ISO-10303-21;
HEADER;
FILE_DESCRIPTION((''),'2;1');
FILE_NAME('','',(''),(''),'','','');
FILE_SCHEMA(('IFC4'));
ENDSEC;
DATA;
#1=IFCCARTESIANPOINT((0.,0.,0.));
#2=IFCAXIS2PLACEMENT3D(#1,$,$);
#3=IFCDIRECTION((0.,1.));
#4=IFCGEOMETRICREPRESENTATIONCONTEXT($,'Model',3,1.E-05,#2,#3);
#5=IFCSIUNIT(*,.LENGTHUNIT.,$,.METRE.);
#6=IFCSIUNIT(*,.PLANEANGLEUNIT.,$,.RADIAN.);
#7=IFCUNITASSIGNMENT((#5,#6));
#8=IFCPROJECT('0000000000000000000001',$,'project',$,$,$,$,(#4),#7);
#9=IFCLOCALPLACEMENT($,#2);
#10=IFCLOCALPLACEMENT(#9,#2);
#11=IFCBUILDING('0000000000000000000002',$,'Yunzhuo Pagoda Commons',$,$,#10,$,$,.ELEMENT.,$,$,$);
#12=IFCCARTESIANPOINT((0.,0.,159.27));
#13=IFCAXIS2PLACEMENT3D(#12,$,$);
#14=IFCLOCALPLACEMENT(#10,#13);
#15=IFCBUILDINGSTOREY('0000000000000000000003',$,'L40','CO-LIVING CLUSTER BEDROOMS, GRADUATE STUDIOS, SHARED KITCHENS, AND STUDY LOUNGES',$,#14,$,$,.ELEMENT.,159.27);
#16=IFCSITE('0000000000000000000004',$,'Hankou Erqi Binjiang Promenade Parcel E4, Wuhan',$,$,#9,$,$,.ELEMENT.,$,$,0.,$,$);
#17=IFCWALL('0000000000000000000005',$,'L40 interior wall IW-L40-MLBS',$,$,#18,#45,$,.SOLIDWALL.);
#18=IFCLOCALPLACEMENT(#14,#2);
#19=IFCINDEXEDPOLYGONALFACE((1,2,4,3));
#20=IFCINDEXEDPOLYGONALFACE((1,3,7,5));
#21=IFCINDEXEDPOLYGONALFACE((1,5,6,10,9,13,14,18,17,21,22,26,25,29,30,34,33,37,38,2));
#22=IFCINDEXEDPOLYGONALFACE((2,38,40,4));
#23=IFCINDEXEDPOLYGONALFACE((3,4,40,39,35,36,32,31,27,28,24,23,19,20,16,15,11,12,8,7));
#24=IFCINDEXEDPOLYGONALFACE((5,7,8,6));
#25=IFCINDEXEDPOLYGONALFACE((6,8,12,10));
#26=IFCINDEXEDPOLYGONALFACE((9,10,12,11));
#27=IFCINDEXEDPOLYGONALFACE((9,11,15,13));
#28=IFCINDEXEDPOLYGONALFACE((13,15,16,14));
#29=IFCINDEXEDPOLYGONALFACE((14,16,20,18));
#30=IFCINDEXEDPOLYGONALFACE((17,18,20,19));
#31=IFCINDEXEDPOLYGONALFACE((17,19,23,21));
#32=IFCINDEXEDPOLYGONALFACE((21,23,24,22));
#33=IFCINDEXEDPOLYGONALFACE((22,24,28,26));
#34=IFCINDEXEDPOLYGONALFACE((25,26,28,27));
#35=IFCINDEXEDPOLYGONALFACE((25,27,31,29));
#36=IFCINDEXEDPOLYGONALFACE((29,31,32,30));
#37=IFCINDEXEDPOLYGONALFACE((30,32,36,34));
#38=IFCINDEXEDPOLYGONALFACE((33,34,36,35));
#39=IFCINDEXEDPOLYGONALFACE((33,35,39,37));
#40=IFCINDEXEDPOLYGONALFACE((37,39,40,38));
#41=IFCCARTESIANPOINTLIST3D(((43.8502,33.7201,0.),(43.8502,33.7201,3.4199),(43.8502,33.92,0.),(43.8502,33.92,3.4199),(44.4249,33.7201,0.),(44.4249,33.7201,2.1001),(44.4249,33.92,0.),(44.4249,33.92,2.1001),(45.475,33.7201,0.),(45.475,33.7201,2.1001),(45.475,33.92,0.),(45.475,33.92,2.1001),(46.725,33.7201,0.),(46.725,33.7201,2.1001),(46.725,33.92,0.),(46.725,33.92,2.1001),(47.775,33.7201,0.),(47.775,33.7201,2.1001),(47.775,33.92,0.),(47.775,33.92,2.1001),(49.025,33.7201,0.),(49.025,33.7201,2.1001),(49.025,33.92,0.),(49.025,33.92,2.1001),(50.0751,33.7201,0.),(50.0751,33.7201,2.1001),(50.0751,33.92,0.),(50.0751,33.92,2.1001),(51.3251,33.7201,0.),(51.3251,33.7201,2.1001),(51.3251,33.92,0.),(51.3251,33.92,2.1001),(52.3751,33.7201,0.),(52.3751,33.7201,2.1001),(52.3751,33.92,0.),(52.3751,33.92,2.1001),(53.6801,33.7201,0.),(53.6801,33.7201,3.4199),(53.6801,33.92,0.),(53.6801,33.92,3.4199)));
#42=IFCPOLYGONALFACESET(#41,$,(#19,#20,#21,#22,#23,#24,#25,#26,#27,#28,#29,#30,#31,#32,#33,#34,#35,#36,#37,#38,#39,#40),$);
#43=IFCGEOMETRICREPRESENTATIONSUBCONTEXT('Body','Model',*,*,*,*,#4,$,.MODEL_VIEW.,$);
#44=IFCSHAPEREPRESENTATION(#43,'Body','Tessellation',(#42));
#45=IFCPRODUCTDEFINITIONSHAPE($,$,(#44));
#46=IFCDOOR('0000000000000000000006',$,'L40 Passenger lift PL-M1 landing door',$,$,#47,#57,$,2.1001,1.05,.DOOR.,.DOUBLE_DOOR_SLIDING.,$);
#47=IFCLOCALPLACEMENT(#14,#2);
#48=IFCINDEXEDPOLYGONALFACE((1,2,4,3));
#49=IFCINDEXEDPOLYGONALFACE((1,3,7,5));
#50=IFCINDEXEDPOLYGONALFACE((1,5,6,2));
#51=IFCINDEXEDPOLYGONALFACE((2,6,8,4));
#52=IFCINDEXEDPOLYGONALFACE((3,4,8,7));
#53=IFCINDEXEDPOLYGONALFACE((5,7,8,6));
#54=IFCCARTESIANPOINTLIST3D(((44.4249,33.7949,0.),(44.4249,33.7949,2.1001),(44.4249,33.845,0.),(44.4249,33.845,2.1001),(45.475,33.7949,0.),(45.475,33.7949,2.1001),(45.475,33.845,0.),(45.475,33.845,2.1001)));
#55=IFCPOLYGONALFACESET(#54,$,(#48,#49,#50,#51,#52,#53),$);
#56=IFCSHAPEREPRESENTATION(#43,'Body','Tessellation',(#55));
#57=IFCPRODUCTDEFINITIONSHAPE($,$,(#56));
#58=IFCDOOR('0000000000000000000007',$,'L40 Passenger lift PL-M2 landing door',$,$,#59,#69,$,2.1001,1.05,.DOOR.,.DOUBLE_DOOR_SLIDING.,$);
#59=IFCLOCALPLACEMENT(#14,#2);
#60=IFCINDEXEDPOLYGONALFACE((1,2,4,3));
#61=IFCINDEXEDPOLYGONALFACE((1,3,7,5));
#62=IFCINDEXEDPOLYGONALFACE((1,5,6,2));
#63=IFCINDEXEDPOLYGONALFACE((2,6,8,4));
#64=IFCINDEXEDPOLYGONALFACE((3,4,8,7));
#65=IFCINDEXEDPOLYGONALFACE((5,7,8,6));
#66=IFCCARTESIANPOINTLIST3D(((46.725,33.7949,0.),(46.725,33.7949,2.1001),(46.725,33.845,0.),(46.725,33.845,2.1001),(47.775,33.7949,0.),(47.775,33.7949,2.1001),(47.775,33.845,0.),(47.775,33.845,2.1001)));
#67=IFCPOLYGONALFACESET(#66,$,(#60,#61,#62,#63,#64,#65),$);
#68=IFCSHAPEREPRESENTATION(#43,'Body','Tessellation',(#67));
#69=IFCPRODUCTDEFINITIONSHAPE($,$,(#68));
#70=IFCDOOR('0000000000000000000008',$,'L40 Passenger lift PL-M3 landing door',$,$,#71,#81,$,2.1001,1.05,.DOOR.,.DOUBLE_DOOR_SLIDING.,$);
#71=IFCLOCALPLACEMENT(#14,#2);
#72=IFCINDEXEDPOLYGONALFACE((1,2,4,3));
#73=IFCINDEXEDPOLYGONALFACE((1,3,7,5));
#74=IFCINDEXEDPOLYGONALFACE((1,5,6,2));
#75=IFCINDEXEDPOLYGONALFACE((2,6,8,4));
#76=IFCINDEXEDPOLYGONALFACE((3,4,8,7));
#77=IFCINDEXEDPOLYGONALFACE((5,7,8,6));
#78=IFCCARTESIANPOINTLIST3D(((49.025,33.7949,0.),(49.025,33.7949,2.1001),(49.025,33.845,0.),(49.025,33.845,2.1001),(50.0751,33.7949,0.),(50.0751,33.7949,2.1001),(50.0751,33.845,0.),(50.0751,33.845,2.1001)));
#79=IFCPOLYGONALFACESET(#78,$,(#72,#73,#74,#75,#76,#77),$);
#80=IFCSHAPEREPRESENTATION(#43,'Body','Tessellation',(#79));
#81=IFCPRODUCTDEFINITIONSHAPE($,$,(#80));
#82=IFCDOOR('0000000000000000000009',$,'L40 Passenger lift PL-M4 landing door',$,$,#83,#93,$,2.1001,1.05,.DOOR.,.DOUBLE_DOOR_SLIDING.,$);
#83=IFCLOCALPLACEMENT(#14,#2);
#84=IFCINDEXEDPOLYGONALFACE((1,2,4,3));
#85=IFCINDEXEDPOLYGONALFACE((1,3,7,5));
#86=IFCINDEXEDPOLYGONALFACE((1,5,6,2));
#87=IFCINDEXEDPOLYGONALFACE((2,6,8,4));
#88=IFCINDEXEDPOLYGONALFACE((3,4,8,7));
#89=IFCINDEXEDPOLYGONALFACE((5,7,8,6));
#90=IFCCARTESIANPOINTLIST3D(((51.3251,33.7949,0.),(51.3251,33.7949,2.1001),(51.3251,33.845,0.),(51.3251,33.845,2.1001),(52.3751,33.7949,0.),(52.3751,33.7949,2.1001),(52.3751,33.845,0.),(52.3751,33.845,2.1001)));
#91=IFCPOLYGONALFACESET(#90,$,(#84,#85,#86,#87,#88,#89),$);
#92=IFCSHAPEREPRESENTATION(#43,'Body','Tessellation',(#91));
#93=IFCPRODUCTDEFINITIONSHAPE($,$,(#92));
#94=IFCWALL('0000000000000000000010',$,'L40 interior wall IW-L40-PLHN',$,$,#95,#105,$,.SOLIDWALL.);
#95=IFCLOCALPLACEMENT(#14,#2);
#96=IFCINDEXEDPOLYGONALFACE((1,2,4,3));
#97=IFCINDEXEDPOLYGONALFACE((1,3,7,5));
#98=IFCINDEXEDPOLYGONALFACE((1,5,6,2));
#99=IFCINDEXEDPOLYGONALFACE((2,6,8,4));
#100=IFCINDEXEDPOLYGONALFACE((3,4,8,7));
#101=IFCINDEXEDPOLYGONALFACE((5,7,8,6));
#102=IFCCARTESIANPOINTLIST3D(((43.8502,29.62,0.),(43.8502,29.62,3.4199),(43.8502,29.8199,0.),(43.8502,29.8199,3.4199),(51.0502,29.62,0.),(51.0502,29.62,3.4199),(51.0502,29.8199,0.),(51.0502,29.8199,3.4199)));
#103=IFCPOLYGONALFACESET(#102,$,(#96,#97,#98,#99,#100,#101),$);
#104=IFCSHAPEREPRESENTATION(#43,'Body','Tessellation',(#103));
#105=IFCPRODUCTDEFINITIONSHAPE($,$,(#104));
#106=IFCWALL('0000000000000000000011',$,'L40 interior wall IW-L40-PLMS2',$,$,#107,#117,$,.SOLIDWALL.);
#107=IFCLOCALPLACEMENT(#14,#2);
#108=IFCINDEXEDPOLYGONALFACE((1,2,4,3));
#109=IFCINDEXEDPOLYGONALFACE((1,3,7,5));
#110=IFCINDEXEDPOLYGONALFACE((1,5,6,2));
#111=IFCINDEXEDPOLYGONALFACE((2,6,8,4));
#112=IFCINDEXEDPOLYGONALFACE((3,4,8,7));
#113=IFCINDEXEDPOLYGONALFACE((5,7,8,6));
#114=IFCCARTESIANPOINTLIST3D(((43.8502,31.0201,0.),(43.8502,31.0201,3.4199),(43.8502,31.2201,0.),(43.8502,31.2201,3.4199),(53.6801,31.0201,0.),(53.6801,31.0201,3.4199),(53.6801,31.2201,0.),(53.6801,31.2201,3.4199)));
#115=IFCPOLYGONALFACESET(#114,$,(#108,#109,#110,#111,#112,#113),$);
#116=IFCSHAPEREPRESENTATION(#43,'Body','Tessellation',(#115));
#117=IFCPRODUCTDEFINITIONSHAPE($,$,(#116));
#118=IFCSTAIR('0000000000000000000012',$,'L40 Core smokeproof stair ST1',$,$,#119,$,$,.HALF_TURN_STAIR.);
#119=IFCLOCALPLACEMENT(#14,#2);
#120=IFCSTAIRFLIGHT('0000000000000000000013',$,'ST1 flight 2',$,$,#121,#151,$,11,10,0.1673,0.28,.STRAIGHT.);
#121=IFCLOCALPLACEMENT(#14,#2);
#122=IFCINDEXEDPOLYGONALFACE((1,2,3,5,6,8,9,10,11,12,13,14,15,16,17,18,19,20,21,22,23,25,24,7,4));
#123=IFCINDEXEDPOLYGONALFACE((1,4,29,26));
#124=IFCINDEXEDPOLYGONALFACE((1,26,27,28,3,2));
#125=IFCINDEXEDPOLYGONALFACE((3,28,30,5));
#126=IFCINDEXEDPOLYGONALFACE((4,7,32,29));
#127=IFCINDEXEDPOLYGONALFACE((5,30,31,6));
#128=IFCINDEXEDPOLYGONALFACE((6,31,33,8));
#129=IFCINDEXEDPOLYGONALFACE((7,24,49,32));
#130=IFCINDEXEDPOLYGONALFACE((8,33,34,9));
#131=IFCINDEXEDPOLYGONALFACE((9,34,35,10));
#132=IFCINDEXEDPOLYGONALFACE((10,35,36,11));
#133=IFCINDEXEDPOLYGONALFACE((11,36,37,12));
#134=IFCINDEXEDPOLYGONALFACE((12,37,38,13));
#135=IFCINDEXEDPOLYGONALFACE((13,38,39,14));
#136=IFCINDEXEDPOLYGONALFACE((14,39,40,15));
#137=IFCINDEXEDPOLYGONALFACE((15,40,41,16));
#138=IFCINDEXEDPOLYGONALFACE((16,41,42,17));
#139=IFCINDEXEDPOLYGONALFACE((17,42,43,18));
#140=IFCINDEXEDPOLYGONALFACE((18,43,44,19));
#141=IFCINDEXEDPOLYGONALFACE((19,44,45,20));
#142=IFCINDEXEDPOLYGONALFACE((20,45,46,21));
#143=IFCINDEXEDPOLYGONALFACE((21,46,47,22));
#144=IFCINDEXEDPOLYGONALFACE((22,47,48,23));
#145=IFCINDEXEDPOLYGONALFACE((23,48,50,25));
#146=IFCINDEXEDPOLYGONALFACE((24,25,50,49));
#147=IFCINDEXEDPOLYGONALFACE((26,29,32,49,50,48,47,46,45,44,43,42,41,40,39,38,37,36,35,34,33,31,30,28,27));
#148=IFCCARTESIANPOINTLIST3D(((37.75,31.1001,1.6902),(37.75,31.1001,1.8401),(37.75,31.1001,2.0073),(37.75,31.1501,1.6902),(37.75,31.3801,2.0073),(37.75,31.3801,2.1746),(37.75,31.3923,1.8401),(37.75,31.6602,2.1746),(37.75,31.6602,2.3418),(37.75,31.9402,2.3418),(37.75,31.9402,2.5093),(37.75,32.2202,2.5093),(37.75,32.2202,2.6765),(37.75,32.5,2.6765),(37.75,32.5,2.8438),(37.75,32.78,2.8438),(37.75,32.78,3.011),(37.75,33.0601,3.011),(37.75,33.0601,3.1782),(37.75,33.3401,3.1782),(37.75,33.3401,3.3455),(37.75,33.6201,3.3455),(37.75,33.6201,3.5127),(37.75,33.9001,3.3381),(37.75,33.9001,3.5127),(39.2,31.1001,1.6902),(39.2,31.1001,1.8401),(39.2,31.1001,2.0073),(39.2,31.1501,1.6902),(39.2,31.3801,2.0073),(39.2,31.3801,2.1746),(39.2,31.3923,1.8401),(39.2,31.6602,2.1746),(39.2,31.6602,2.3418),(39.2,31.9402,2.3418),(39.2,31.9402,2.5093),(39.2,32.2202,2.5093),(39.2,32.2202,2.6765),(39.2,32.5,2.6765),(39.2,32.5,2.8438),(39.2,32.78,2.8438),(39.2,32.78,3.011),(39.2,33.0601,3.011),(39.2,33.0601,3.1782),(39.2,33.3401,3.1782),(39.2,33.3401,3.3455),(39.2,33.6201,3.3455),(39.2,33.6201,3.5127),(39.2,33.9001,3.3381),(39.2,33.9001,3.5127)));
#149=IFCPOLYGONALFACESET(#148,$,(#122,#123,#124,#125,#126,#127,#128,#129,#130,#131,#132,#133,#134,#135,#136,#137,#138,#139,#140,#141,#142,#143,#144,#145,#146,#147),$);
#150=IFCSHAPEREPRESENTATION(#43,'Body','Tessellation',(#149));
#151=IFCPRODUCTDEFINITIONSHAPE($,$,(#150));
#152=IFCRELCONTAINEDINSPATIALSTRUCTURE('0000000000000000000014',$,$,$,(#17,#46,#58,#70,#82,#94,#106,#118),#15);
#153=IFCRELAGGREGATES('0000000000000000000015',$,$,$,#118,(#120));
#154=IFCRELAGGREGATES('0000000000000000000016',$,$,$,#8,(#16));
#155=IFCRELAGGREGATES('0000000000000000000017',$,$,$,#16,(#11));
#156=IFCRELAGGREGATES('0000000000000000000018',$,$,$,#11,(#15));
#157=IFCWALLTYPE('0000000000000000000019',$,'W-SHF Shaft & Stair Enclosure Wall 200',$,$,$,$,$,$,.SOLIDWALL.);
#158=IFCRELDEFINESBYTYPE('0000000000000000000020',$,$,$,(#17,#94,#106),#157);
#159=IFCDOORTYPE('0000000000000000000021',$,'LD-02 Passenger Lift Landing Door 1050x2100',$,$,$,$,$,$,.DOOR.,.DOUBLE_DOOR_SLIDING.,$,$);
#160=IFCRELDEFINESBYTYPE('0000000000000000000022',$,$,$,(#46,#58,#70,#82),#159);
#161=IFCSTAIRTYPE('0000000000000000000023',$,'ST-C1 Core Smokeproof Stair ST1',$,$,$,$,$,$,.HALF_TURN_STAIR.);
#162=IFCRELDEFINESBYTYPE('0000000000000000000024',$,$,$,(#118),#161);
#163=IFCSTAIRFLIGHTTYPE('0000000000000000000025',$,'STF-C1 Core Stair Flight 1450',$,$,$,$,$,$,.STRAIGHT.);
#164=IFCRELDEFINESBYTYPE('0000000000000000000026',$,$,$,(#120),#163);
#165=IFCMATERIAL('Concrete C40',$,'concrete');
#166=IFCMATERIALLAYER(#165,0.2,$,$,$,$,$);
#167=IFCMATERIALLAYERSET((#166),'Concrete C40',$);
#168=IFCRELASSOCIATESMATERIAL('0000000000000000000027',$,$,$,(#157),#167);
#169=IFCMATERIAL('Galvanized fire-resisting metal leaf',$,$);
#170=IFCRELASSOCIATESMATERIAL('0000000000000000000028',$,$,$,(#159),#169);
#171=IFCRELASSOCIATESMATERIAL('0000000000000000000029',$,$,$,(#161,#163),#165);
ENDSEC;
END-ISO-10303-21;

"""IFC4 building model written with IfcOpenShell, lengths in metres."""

from ifc_helpers import new_model, si_unit, direction, frame, frame_2d, origin, origin_with_axes, place, context, subcontext, project, spatial, polyline, rectangle, outline, extrude, source, transform, mapped, material, layer, layer_set, type_object, element, fill, aggregate, save


model = new_model("IFC4")

# Units and contexts
model_context = context("Model", 3, precision=1e-05, world=origin(), true_north=direction((0.0, 1.0)))
body_context = subcontext(model_context, "Body", "Model", "MODEL_VIEW")
ifc_project = project(units=[si_unit("LENGTHUNIT", "METRE"), si_unit("PLANEANGLEUNIT", "RADIAN")], contexts=[model_context])

# Site, building, storey
site_placement = place(None, origin())
site = spatial("IfcSite", under=ifc_project, at=site_placement, Name="Hankou Erqi Binjiang Promenade Parcel E4, Wuhan", CompositionType="ELEMENT", RefElevation=0.0)
building_placement = place(site_placement, origin())
building = spatial("IfcBuilding", under=site, at=building_placement, Name="Yunzhuo Pagoda Commons", CompositionType="ELEMENT")
storey_placement = place(building_placement, frame((0.0, 0.0, 159.27)))
storey = spatial("IfcBuildingStorey", under=building, at=storey_placement, Name="L40", Description="CO-LIVING CLUSTER BEDROOMS, GRADUATE STUDIOS, SHARED KITCHENS, AND STUDY LOUNGES", CompositionType="ELEMENT", Elevation=159.27)

# Shared definitions
ifc_material_1 = material(Name="Concrete C40", Category="concrete")
ifc_layer_1 = layer(ifc_material_1, 0.2)
ifc_layer_set_1 = layer_set([ifc_layer_1], Name="Concrete C40")
wall_type_1 = type_object("IfcWallType", Name="W-SHF Shaft & Stair Enclosure Wall 200", PredefinedType="SOLIDWALL", material=ifc_layer_set_1)
ifc_material_2 = material(Name="Galvanized fire-resisting metal leaf")
door_type_1 = type_object("IfcDoorType", Name="LD-02 Passenger Lift Landing Door 1050x2100", OperationType="DOUBLE_DOOR_SLIDING", PredefinedType="DOOR", material=ifc_material_2)
shared_shape_1 = source(origin(), body_context, "Body", "SweptSolid", [
    extrude(rectangle(XDim=1.05, YDim=2.1001, at=frame_2d((0.5249, 1.05))), frame((0.0, 0.0249, 0.0), z_axis=(0.0, -1.0, 0.0), x_axis=(1.0, 0.0, 0.0)), (0.0, 0.0, 1.0), 0.05),
])

# Wall, openings, doors
wall_1_placement = place(storey_placement, frame((43.8501, 33.8201, 0.0), z_axis=(0.0, 0.0, 1.0), x_axis=(1.0, 0.0, 0.0)))
wall_1 = element("IfcWall", 1, at=wall_1_placement, inside=storey, type_object=wall_type_1, Name="L40 interior wall IW-L40-MLBS", PredefinedType="SOLIDWALL", context=body_context, shape_type="SweptSolid", body=[
    extrude(rectangle(XDim=9.8298, YDim=0.2, at=frame_2d((4.915, 0.0))), origin(), (0.0, 0.0, 1.0), 3.4199),
])
opening_1_placement = place(wall_1_placement, frame((0.575, 0.0, 0.0)))
opening_1 = element("IfcOpeningElement", 2, at=opening_1_placement, cuts=wall_1, PredefinedType="OPENING", context=body_context, shape_type="SweptSolid", body=[
    extrude(rectangle(XDim=1.05, YDim=2.1001, at=frame_2d((0.5249, 1.05))), frame((0.0, 0.1099, 0.0), z_axis=(0.0, -1.0, 0.0), x_axis=(1.0, 0.0, 0.0)), (0.0, 0.0, 1.0), 0.22),
])
opening_2_placement = place(wall_1_placement, frame((2.875, 0.0, 0.0)))
opening_2 = element("IfcOpeningElement", 3, at=opening_2_placement, cuts=wall_1, PredefinedType="OPENING", context=body_context, shape_type="SweptSolid", body=[
    extrude(rectangle(XDim=1.05, YDim=2.1001, at=frame_2d((0.5249, 1.05))), frame((0.0, 0.1099, 0.0), z_axis=(0.0, -1.0, 0.0), x_axis=(1.0, 0.0, 0.0)), (0.0, 0.0, 1.0), 0.22),
])
opening_3_placement = place(wall_1_placement, frame((5.175, 0.0, 0.0)))
opening_3 = element("IfcOpeningElement", 4, at=opening_3_placement, cuts=wall_1, PredefinedType="OPENING", context=body_context, shape_type="SweptSolid", body=[
    extrude(rectangle(XDim=1.05, YDim=2.1001, at=frame_2d((0.5249, 1.05))), frame((0.0, 0.1099, 0.0), z_axis=(0.0, -1.0, 0.0), x_axis=(1.0, 0.0, 0.0)), (0.0, 0.0, 1.0), 0.22),
])
opening_4_placement = place(wall_1_placement, frame((7.4751, 0.0, 0.0)))
opening_4 = element("IfcOpeningElement", 5, at=opening_4_placement, cuts=wall_1, PredefinedType="OPENING", context=body_context, shape_type="SweptSolid", body=[
    extrude(rectangle(XDim=1.05, YDim=2.1001, at=frame_2d((0.5249, 1.05))), frame((0.0, 0.1099, 0.0), z_axis=(0.0, -1.0, 0.0), x_axis=(1.0, 0.0, 0.0)), (0.0, 0.0, 1.0), 0.22),
])
door_1_placement = place(opening_1_placement, origin_with_axes())
door_1 = element("IfcDoor", 6, at=door_1_placement, inside=storey, type_object=door_type_1, Name="L40 Passenger lift PL-M1 landing door", OperationType="DOUBLE_DOOR_SLIDING", OverallHeight=2.1001, OverallWidth=1.05, PredefinedType="DOOR", context=body_context, shape_type="MappedRepresentation", body=[
    mapped(shared_shape_1, transform((0.0, 0.0, 0.0), scale=1.0)),
])
fill(opening_1, door_1)
door_2_placement = place(opening_2_placement, origin_with_axes())
door_2 = element("IfcDoor", 7, at=door_2_placement, inside=storey, type_object=door_type_1, Name="L40 Passenger lift PL-M2 landing door", OperationType="DOUBLE_DOOR_SLIDING", OverallHeight=2.1001, OverallWidth=1.05, PredefinedType="DOOR", context=body_context, shape_type="MappedRepresentation", body=[
    mapped(shared_shape_1, transform((0.0, 0.0, 0.0), scale=1.0)),
])
fill(opening_2, door_2)
door_3_placement = place(opening_3_placement, origin_with_axes())
door_3 = element("IfcDoor", 8, at=door_3_placement, inside=storey, type_object=door_type_1, Name="L40 Passenger lift PL-M3 landing door", OperationType="DOUBLE_DOOR_SLIDING", OverallHeight=2.1001, OverallWidth=1.05, PredefinedType="DOOR", context=body_context, shape_type="MappedRepresentation", body=[
    mapped(shared_shape_1, transform((0.0, 0.0, 0.0), scale=1.0)),
])
fill(opening_3, door_3)
door_4_placement = place(opening_4_placement, origin_with_axes())
door_4 = element("IfcDoor", 9, at=door_4_placement, inside=storey, type_object=door_type_1, Name="L40 Passenger lift PL-M4 landing door", OperationType="DOUBLE_DOOR_SLIDING", OverallHeight=2.1001, OverallWidth=1.05, PredefinedType="DOOR", context=body_context, shape_type="MappedRepresentation", body=[
    mapped(shared_shape_1, transform((0.0, 0.0, 0.0), scale=1.0)),
])
fill(opening_4, door_4)

# Walls
wall_2_placement = place(storey_placement, frame((43.8501, 29.72, 0.0), z_axis=(0.0, 0.0, 1.0), x_axis=(1.0, 0.0, 0.0)))
element("IfcWall", 10, at=wall_2_placement, inside=storey, type_object=wall_type_1, Name="L40 interior wall IW-L40-PLHN", PredefinedType="SOLIDWALL", context=body_context, shape_type="SweptSolid", body=[
    extrude(rectangle(XDim=7.2, YDim=0.2, at=frame_2d((3.6001, 0.0))), origin(), (0.0, 0.0, 1.0), 3.4199),
])
wall_3_placement = place(storey_placement, frame((43.8501, 31.1201, 0.0), z_axis=(0.0, 0.0, 1.0), x_axis=(1.0, 0.0, 0.0)))
element("IfcWall", 11, at=wall_3_placement, inside=storey, type_object=wall_type_1, Name="L40 interior wall IW-L40-PLMS2", PredefinedType="SOLIDWALL", context=body_context, shape_type="SweptSolid", body=[
    extrude(rectangle(XDim=9.8298, YDim=0.2, at=frame_2d((4.915, 0.0))), origin(), (0.0, 0.0, 1.0), 3.4199),
])

# Stair, stair flight
stair_type = type_object("IfcStairType", Name="ST-C1 Core Smokeproof Stair ST1", PredefinedType="HALF_TURN_STAIR", material=ifc_material_1)
stair_placement = place(storey_placement, origin())
stair = element("IfcStair", 12, at=stair_placement, inside=storey, type_object=stair_type, Name="L40 Core smokeproof stair ST1", PredefinedType="HALF_TURN_STAIR")
stair_flight_type = type_object("IfcStairFlightType", Name="STF-C1 Core Stair Flight 1450", PredefinedType="STRAIGHT", material=ifc_material_1)
shared_shape_2 = source(origin(), body_context, "Body", "SweptSolid", [
    extrude(outline(polyline([(0.0, -0.1499), (0.0, 0.0), (0.0, 0.1672), (0.28, 0.1672), (0.28, 0.3345), (0.5601, 0.3345), (0.5601, 0.5017), (0.8401, 0.5017), (0.8401, 0.6692), (1.1201, 0.6692), (1.1201, 0.8364), (1.3999, 0.8364), (1.3999, 1.0037), (1.6799, 1.0037), (1.6799, 1.1709), (1.96, 1.1709), (1.96, 1.3381), (2.24, 1.3381), (2.24, 1.5054), (2.52, 1.5054), (2.52, 1.6726), (2.8, 1.6726), (2.8, 1.8401), (2.8, 1.498), (0.2922, 0.0), (0.05, -0.1499), (0.0, -0.1499)])), frame((0.0, 0.7251, 0.0), z_axis=(0.0, -1.0, 0.0), x_axis=(1.0, 0.0, 0.0)), (0.0, 0.0, 1.0), 1.45),
])
stair_flight_placement = place(storey_placement, frame((38.4751, 31.1001, 1.8401), z_axis=(0.0, 0.0, 1.0), x_axis=(0.0, 1.0, 0.0)))
stair_flight = element("IfcStairFlight", 13, at=stair_flight_placement, type_object=stair_flight_type, Name="ST1 flight 2", NumberOfRisers=11, NumberOfTreads=10, PredefinedType="STRAIGHT", RiserHeight=0.1673, TreadLength=0.28, context=body_context, shape_type="MappedRepresentation", body=[
    mapped(shared_shape_2, transform((0.0, 0.0, 0.0), scale=1.0)),
])
aggregate(stair, [stair_flight])

save(model, "model.ifc")
